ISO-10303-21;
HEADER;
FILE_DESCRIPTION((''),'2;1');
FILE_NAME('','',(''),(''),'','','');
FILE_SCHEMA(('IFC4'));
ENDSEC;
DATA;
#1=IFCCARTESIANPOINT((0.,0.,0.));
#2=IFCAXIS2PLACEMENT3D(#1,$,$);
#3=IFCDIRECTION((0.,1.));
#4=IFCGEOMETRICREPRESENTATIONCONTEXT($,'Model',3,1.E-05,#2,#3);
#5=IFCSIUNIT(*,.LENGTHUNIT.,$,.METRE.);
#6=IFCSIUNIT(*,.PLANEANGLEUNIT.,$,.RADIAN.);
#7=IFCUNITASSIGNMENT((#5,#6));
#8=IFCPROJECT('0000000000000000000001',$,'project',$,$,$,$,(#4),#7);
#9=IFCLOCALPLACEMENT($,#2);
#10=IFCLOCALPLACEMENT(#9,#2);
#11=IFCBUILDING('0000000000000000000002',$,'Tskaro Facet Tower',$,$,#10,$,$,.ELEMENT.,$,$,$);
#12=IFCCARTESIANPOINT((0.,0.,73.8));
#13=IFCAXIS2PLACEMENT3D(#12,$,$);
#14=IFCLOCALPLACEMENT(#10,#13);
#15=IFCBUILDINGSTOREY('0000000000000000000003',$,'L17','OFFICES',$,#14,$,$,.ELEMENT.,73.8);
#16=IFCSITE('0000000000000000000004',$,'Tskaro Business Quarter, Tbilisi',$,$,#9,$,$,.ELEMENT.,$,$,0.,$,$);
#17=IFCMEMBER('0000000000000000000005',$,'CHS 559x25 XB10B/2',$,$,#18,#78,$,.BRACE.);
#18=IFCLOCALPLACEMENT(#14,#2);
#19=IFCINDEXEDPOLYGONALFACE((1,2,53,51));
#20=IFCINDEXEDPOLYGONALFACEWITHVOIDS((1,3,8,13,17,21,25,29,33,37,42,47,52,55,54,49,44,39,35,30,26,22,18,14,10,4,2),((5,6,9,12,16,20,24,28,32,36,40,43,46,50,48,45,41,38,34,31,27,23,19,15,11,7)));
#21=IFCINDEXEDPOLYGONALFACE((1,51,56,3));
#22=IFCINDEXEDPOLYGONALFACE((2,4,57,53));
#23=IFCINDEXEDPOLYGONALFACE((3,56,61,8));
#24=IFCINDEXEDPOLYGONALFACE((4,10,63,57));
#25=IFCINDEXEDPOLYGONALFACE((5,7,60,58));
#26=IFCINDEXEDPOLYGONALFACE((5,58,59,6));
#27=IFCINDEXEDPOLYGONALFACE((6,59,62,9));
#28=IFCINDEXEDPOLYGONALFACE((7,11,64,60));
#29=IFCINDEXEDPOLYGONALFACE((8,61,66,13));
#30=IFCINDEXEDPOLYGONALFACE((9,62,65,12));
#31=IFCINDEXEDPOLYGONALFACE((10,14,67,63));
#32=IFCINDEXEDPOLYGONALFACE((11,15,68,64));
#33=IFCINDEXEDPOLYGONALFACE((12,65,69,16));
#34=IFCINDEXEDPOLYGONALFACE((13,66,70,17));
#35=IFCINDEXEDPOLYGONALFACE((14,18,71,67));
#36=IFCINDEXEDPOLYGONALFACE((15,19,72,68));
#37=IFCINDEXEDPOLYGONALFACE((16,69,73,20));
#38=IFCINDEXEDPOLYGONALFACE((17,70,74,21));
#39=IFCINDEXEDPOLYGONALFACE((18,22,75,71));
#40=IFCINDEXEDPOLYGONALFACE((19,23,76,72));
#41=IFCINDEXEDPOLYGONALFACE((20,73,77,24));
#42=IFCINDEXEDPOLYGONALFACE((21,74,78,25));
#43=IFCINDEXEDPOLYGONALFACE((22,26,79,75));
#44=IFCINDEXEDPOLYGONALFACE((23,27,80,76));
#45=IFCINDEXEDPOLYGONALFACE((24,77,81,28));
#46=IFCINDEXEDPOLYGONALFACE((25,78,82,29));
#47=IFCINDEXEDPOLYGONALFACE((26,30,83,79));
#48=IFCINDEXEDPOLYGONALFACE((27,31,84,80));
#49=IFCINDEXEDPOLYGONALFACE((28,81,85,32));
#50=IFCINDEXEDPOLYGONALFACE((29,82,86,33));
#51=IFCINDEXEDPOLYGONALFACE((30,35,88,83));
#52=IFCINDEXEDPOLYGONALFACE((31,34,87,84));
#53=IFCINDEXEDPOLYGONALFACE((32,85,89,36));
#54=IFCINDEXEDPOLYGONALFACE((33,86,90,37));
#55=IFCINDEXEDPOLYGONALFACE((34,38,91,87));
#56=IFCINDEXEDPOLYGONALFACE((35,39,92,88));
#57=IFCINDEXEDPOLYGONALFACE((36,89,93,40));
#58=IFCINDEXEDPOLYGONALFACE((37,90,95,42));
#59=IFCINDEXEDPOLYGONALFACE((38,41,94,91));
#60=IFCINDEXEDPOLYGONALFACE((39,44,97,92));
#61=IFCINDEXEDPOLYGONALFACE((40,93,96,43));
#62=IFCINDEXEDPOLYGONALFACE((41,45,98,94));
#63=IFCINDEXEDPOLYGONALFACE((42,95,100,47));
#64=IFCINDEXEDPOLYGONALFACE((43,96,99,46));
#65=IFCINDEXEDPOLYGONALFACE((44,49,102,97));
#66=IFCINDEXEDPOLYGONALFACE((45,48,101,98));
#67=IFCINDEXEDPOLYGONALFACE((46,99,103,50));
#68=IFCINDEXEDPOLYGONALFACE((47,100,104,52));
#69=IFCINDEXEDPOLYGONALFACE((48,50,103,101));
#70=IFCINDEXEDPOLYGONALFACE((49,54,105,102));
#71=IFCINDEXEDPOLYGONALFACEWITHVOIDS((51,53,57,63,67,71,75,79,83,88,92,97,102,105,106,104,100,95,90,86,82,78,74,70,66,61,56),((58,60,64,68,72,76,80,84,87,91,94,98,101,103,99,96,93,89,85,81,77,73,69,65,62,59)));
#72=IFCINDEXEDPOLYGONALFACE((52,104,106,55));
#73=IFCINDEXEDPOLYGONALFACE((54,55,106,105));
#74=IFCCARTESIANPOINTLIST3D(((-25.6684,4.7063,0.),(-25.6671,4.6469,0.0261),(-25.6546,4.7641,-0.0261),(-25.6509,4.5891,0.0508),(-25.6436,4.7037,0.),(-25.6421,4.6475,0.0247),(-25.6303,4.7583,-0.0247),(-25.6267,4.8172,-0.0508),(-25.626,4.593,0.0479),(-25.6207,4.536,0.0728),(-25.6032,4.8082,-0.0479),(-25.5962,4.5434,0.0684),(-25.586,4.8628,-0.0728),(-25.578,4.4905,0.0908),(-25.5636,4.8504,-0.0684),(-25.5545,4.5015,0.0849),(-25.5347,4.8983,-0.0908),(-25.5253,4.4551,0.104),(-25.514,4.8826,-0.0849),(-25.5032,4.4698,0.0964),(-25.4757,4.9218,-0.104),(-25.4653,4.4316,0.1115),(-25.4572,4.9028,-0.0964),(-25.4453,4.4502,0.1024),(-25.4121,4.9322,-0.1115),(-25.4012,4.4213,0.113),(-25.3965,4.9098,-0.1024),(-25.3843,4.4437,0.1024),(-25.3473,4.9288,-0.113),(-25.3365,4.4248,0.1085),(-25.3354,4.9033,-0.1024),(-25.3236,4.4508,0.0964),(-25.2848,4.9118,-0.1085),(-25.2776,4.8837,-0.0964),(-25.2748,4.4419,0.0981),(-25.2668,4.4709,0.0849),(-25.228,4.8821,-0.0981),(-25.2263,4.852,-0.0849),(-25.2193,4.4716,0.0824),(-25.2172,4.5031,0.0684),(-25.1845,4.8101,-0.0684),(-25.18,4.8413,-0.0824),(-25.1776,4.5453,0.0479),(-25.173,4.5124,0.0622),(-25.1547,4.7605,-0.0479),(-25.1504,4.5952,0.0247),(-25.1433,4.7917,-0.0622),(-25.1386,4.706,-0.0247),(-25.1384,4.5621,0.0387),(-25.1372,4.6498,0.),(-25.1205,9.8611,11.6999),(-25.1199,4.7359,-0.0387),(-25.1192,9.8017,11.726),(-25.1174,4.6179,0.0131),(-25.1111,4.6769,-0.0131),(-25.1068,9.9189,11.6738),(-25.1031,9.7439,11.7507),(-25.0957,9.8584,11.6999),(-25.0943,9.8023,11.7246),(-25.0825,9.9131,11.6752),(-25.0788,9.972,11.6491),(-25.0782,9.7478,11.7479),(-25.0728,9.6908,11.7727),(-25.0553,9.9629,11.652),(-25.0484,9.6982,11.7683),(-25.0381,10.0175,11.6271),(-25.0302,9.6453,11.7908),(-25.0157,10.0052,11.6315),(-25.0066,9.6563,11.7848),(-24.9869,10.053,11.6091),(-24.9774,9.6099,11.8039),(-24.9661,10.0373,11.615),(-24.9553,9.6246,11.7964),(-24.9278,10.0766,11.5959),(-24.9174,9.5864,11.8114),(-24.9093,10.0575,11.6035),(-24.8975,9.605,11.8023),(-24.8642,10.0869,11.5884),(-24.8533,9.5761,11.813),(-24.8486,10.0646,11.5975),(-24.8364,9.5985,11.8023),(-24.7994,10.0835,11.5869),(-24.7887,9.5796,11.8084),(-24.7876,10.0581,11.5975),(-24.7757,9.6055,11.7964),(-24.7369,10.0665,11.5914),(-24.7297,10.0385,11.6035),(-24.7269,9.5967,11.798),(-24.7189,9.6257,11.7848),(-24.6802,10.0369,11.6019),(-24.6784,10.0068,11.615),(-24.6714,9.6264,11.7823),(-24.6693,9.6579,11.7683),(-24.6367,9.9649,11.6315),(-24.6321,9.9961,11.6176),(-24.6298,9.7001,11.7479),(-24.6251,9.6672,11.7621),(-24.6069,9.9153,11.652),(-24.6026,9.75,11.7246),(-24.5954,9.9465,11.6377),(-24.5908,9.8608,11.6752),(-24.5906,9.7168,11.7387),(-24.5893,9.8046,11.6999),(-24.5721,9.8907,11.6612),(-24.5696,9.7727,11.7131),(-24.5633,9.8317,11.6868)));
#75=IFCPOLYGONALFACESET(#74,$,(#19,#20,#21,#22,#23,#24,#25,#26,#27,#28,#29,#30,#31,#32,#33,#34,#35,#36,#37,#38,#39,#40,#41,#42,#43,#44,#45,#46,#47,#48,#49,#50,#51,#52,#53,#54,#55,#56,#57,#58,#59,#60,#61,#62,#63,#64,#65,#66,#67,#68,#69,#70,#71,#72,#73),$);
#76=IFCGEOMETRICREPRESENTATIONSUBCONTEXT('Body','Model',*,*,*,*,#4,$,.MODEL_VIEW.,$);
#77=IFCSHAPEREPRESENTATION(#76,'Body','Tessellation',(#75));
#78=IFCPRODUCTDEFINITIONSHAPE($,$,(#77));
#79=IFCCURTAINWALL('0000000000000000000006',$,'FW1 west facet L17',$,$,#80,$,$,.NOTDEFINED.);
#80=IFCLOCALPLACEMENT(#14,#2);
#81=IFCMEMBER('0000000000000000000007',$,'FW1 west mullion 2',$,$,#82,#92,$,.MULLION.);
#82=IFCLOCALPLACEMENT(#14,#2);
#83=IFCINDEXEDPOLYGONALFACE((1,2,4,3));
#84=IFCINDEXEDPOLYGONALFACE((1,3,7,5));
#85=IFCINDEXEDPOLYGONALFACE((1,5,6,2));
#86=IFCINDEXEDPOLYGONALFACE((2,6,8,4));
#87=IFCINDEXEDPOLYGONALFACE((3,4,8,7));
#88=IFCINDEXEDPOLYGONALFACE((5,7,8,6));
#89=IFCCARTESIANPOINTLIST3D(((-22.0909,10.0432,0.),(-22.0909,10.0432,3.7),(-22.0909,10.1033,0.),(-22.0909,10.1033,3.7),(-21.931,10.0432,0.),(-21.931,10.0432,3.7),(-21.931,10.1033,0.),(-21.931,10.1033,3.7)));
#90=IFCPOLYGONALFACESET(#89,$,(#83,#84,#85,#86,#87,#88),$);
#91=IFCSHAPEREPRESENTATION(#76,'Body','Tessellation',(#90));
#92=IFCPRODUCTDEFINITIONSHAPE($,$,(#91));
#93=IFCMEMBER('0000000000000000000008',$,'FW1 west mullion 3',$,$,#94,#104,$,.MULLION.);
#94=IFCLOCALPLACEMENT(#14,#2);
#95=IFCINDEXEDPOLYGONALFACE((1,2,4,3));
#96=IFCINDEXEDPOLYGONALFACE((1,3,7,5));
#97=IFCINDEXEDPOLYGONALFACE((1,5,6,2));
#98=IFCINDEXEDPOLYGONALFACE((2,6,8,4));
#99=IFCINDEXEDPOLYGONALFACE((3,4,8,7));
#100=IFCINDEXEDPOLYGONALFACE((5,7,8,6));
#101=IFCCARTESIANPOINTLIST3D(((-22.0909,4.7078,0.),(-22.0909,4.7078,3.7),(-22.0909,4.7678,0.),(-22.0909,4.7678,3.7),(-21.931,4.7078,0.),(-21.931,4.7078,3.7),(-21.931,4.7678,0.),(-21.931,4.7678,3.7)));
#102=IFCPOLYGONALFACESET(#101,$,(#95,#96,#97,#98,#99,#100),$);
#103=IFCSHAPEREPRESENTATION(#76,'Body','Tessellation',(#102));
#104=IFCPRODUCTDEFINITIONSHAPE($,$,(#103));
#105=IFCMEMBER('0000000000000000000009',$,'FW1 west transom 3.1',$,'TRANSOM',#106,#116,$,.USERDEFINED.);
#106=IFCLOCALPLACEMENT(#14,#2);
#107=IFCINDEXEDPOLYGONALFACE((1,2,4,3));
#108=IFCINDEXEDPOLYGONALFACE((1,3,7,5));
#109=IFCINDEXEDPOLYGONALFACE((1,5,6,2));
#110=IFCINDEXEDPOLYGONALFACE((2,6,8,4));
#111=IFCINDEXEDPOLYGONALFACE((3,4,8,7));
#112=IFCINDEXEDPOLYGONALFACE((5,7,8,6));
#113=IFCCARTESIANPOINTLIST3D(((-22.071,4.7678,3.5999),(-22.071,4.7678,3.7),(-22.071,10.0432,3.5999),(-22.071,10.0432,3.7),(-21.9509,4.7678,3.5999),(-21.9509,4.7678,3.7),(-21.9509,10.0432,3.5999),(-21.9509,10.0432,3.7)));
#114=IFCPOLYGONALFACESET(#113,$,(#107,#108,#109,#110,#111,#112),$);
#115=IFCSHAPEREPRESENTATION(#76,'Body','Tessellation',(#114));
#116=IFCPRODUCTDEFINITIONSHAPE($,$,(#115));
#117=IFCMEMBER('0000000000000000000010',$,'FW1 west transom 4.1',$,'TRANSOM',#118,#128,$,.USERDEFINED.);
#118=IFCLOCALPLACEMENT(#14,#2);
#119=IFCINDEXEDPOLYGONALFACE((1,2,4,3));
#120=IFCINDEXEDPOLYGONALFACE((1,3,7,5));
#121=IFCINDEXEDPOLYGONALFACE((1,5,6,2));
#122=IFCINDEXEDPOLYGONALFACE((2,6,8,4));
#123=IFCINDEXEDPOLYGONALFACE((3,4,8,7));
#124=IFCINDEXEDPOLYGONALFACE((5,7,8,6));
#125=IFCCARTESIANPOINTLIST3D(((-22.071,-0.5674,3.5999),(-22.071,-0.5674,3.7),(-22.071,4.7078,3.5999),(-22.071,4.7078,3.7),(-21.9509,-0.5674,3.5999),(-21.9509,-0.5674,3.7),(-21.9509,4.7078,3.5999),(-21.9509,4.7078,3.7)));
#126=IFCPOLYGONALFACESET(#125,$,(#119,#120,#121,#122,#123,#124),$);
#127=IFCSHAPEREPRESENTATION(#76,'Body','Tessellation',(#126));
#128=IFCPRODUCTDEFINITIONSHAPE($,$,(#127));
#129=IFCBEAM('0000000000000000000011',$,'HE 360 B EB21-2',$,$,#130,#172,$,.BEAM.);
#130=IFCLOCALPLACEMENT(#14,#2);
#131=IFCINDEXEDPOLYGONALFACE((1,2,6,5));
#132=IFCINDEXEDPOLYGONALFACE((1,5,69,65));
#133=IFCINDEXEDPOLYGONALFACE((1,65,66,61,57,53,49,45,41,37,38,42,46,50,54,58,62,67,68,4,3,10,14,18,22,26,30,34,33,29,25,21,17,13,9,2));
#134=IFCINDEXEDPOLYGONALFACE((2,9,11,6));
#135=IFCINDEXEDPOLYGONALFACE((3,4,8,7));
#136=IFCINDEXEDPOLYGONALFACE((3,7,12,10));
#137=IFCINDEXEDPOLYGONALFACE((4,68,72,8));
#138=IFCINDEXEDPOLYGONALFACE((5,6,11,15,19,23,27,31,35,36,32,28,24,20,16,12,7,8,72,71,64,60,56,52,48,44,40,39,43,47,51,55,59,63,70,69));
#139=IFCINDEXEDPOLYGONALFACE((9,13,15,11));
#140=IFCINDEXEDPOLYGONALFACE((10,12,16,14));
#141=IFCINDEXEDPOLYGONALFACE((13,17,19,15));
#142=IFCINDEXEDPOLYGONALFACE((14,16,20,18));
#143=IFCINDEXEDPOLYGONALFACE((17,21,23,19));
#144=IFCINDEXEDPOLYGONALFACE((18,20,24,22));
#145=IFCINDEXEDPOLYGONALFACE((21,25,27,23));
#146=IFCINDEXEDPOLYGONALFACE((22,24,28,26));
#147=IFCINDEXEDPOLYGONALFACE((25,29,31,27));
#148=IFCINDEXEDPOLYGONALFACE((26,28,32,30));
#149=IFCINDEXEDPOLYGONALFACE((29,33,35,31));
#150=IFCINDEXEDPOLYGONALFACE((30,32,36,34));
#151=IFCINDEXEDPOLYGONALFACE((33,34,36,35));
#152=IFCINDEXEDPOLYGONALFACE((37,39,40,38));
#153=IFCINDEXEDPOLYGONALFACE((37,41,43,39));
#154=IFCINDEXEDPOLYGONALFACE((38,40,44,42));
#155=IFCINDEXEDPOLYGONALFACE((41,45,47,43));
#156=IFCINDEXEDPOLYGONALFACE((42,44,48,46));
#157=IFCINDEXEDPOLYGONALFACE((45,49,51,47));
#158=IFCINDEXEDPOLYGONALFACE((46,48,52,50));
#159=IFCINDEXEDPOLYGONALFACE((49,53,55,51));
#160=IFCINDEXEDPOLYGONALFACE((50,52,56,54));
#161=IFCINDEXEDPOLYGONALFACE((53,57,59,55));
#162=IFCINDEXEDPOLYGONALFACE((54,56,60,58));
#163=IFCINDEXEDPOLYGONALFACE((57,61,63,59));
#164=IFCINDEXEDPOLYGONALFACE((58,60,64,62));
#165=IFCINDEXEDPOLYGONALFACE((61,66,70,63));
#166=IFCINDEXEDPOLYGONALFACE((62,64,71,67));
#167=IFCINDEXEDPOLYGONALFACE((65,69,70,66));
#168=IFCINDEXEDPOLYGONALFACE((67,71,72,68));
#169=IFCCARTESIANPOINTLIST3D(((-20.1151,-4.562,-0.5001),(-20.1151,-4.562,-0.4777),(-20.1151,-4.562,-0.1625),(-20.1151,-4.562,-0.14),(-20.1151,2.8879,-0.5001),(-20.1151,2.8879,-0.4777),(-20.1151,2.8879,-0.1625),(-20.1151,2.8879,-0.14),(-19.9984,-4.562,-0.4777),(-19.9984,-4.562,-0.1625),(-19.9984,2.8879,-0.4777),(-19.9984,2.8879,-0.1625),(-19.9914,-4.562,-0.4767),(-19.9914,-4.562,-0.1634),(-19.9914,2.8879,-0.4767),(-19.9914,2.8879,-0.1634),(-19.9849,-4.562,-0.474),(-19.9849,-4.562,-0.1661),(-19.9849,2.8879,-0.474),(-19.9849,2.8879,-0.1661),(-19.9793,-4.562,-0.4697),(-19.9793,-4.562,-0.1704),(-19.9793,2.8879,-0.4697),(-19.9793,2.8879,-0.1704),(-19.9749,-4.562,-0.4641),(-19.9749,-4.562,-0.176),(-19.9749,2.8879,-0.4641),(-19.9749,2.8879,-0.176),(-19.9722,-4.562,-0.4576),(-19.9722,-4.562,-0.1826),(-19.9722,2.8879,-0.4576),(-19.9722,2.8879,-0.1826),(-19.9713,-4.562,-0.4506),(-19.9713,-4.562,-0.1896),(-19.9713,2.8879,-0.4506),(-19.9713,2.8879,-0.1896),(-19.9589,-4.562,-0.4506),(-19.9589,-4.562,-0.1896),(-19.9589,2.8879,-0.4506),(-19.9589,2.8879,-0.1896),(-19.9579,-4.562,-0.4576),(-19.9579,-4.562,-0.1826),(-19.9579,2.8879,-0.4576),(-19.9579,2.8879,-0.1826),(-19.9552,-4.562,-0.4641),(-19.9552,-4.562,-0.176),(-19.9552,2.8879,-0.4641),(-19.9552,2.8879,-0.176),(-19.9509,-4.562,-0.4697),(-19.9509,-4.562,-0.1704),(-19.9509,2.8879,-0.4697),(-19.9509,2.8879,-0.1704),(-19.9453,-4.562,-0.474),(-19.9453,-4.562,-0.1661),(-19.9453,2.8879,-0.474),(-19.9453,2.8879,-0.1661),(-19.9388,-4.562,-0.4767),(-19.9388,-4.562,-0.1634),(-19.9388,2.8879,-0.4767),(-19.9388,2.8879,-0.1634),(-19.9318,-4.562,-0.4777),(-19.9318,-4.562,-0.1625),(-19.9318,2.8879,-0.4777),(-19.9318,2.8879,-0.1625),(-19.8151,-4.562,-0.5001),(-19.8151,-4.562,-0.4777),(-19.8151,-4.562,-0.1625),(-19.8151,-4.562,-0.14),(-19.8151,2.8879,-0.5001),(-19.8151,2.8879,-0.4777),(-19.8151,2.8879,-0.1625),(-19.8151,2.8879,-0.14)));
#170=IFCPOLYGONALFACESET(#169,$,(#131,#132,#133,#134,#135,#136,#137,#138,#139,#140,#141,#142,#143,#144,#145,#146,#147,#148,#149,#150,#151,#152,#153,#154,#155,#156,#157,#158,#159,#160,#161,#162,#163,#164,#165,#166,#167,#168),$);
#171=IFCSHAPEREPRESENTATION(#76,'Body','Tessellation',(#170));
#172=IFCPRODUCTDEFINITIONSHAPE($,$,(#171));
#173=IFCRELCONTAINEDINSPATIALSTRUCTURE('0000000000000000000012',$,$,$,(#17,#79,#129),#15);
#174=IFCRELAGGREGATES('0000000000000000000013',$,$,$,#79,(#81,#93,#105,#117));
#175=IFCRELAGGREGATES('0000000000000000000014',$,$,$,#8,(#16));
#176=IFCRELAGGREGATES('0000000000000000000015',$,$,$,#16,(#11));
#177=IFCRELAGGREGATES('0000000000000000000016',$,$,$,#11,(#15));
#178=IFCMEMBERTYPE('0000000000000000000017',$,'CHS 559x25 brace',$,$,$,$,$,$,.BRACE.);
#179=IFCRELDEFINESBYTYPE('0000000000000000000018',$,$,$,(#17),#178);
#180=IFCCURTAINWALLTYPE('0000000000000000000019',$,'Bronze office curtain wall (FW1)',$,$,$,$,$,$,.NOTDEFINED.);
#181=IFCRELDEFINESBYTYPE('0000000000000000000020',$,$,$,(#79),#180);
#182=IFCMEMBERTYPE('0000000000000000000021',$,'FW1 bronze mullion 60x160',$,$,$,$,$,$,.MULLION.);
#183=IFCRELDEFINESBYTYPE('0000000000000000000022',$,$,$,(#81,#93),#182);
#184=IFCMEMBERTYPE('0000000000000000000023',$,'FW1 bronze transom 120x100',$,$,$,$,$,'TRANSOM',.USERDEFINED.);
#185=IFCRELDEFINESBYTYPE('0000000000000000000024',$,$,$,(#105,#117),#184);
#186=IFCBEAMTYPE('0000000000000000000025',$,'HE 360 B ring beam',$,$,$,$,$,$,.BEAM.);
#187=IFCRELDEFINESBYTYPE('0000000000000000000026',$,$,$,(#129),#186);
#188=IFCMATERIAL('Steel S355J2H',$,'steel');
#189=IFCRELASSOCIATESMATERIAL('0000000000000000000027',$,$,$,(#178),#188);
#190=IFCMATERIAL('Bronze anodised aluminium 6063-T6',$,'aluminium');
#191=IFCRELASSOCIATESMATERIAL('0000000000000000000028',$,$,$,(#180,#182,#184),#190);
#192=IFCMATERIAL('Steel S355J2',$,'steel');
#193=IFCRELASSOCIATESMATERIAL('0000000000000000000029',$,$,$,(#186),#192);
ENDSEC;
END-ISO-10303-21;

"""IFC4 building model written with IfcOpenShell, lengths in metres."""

from ifc_helpers import new_model, si_unit, direction, frame, origin, origin_2d, place, context, subcontext, project, spatial, rectangle, hollow_circle, i_section, extrude, material, material_profile, profile_set, type_object, element, aggregate, save


model = new_model("IFC4")

# Units and contexts
model_context = context("Model", 3, precision=1e-05, world=origin(), true_north=direction((0.0, 1.0)))
body_context = subcontext(model_context, "Body", "Model", "MODEL_VIEW")
ifc_project = project(units=[si_unit("LENGTHUNIT", "METRE"), si_unit("PLANEANGLEUNIT", "RADIAN")], contexts=[model_context])

# Site, building, storey
site_placement = place(None, origin())
site = spatial("IfcSite", under=ifc_project, at=site_placement, Name="Tskaro Business Quarter, Tbilisi", CompositionType="ELEMENT", RefElevation=0.0)
building_placement = place(site_placement, origin())
building = spatial("IfcBuilding", under=site, at=building_placement, Name="Tskaro Facet Tower", CompositionType="ELEMENT")
storey_placement = place(building_placement, frame((0.0, 0.0, 73.8)))
storey = spatial("IfcBuildingStorey", under=building, at=storey_placement, Name="L17", Description="OFFICES", CompositionType="ELEMENT", Elevation=73.8)

# Shared definitions
ifc_material_1 = material(Name="Steel S355J2H", Category="steel")

# Member
ifc_material_profile_1 = material_profile(ifc_material_1, hollow_circle(Radius=0.2795, WallThickness=0.0249, at=origin_2d()), Name="CHS 559x25")
ifc_profile_set_1 = profile_set([ifc_material_profile_1], Name="Steel S355J2H")
member_type_1 = type_object("IfcMemberType", Name="CHS 559x25 brace", PredefinedType="BRACE", material=ifc_profile_set_1)
member_1_placement = place(storey_placement, frame((-25.3904, 4.6768, 0.0), z_axis=(0.042811, 0.402815, 0.91428), x_axis=(-0.9944, 0.105685, 0.0)))
element("IfcMember", 1, at=member_1_placement, inside=storey, type_object=member_type_1, Name="CHS 559x25 XB10B/2", PredefinedType="BRACE", context=body_context, shape_type="SweptSolid", body=[
    extrude(hollow_circle(Radius=0.2795, WallThickness=0.0249, at=origin_2d()), origin(), (0.0, 0.0, 1.0), 12.7969),
])

# Curtain wall, members
ifc_material_2 = material(Name="Bronze anodised aluminium 6063-T6", Category="aluminium")
curtain_wall_type = type_object("IfcCurtainWallType", Name="Bronze office curtain wall (FW1)", PredefinedType="NOTDEFINED", material=ifc_material_2)
curtain_wall_placement = place(storey_placement, origin())
curtain_wall = element("IfcCurtainWall", 2, at=curtain_wall_placement, inside=storey, type_object=curtain_wall_type, Name="FW1 west facet L17", PredefinedType="NOTDEFINED")
ifc_material_profile_2 = material_profile(ifc_material_2, rectangle(XDim=0.0601, YDim=0.1599, at=origin_2d()), Name="Mullion 60x160")
ifc_profile_set_2 = profile_set([ifc_material_profile_2], Name="Bronze anodised aluminium 6063-T6")
member_type_2 = type_object("IfcMemberType", Name="FW1 bronze mullion 60x160", PredefinedType="MULLION", material=ifc_profile_set_2)
member_2_placement = place(storey_placement, frame((-22.011, 10.0732, 0.0), z_axis=(0.0, 0.0, 1.0), x_axis=(0.0, -1.0, 0.0)))
member_2 = element("IfcMember", 3, at=member_2_placement, type_object=member_type_2, Name="FW1 west mullion 2", PredefinedType="MULLION", context=body_context, shape_type="SweptSolid", body=[
    extrude(rectangle(XDim=0.0601, YDim=0.1599, at=origin_2d()), origin(), (0.0, 0.0, 1.0), 3.7),
])
member_3_placement = place(storey_placement, frame((-22.011, 4.7378, 0.0), z_axis=(0.0, 0.0, 1.0), x_axis=(0.0, -1.0, 0.0)))
member_3 = element("IfcMember", 4, at=member_3_placement, type_object=member_type_2, Name="FW1 west mullion 3", PredefinedType="MULLION", context=body_context, shape_type="SweptSolid", body=[
    extrude(rectangle(XDim=0.0601, YDim=0.1599, at=origin_2d()), origin(), (0.0, 0.0, 1.0), 3.7),
])
ifc_material_profile_3 = material_profile(ifc_material_2, rectangle(XDim=0.1201, YDim=0.1001, at=origin_2d()), Name="Transom 120x100")
ifc_profile_set_3 = profile_set([ifc_material_profile_3], Name="Bronze anodised aluminium 6063-T6")
member_type_3 = type_object("IfcMemberType", Name="FW1 bronze transom 120x100", ElementType="TRANSOM", PredefinedType="USERDEFINED", material=ifc_profile_set_3)
member_4_placement = place(storey_placement, frame((-22.011, 10.0432, 3.6499), z_axis=(0.0, -1.0, 0.0), x_axis=(1.0, 0.0, 0.0)))
member_4 = element("IfcMember", 5, at=member_4_placement, type_object=member_type_3, Name="FW1 west transom 3.1", ObjectType="TRANSOM", PredefinedType="USERDEFINED", context=body_context, shape_type="SweptSolid", body=[
    extrude(rectangle(XDim=0.1201, YDim=0.1001, at=origin_2d()), origin(), (0.0, 0.0, 1.0), 5.2754),
])
member_5_placement = place(storey_placement, frame((-22.011, 4.7078, 3.6499), z_axis=(0.0, -1.0, 0.0), x_axis=(1.0, 0.0, 0.0)))
member_5 = element("IfcMember", 6, at=member_5_placement, type_object=member_type_3, Name="FW1 west transom 4.1", ObjectType="TRANSOM", PredefinedType="USERDEFINED", context=body_context, shape_type="SweptSolid", body=[
    extrude(rectangle(XDim=0.1201, YDim=0.1001, at=origin_2d()), origin(), (0.0, 0.0, 1.0), 5.2751),
])

# Beam
ifc_material_3 = material(Name="Steel S355J2", Category="steel")
ifc_material_profile_4 = material_profile(ifc_material_3, i_section(OverallWidth=0.3, OverallDepth=0.3601, WebThickness=0.0125, FlangeThickness=0.0225, FilletRadius=0.0271, at=origin_2d()), Name="HE 360 B")
ifc_profile_set_4 = profile_set([ifc_material_profile_4], Name="Steel S355J2")
beam_type_1 = type_object("IfcBeamType", Name="HE 360 B ring beam", PredefinedType="BEAM", material=ifc_profile_set_4)
beam_1_placement = place(storey_placement, frame((-19.9651, 2.8879, -0.3201), z_axis=(0.0, -1.0, 0.0), x_axis=(1.0, 0.0, 0.0)))
element("IfcBeam", 7, at=beam_1_placement, inside=storey, type_object=beam_type_1, Name="HE 360 B EB21-2", PredefinedType="BEAM", context=body_context, shape_type="SweptSolid", body=[
    extrude(i_section(OverallWidth=0.3, OverallDepth=0.3601, WebThickness=0.0125, FlangeThickness=0.0225, FilletRadius=0.0271, at=origin_2d()), origin(), (0.0, 0.0, 1.0), 7.45),
])

aggregate(curtain_wall, [member_2, member_3, member_4, member_5])

save(model, "model.ifc")
